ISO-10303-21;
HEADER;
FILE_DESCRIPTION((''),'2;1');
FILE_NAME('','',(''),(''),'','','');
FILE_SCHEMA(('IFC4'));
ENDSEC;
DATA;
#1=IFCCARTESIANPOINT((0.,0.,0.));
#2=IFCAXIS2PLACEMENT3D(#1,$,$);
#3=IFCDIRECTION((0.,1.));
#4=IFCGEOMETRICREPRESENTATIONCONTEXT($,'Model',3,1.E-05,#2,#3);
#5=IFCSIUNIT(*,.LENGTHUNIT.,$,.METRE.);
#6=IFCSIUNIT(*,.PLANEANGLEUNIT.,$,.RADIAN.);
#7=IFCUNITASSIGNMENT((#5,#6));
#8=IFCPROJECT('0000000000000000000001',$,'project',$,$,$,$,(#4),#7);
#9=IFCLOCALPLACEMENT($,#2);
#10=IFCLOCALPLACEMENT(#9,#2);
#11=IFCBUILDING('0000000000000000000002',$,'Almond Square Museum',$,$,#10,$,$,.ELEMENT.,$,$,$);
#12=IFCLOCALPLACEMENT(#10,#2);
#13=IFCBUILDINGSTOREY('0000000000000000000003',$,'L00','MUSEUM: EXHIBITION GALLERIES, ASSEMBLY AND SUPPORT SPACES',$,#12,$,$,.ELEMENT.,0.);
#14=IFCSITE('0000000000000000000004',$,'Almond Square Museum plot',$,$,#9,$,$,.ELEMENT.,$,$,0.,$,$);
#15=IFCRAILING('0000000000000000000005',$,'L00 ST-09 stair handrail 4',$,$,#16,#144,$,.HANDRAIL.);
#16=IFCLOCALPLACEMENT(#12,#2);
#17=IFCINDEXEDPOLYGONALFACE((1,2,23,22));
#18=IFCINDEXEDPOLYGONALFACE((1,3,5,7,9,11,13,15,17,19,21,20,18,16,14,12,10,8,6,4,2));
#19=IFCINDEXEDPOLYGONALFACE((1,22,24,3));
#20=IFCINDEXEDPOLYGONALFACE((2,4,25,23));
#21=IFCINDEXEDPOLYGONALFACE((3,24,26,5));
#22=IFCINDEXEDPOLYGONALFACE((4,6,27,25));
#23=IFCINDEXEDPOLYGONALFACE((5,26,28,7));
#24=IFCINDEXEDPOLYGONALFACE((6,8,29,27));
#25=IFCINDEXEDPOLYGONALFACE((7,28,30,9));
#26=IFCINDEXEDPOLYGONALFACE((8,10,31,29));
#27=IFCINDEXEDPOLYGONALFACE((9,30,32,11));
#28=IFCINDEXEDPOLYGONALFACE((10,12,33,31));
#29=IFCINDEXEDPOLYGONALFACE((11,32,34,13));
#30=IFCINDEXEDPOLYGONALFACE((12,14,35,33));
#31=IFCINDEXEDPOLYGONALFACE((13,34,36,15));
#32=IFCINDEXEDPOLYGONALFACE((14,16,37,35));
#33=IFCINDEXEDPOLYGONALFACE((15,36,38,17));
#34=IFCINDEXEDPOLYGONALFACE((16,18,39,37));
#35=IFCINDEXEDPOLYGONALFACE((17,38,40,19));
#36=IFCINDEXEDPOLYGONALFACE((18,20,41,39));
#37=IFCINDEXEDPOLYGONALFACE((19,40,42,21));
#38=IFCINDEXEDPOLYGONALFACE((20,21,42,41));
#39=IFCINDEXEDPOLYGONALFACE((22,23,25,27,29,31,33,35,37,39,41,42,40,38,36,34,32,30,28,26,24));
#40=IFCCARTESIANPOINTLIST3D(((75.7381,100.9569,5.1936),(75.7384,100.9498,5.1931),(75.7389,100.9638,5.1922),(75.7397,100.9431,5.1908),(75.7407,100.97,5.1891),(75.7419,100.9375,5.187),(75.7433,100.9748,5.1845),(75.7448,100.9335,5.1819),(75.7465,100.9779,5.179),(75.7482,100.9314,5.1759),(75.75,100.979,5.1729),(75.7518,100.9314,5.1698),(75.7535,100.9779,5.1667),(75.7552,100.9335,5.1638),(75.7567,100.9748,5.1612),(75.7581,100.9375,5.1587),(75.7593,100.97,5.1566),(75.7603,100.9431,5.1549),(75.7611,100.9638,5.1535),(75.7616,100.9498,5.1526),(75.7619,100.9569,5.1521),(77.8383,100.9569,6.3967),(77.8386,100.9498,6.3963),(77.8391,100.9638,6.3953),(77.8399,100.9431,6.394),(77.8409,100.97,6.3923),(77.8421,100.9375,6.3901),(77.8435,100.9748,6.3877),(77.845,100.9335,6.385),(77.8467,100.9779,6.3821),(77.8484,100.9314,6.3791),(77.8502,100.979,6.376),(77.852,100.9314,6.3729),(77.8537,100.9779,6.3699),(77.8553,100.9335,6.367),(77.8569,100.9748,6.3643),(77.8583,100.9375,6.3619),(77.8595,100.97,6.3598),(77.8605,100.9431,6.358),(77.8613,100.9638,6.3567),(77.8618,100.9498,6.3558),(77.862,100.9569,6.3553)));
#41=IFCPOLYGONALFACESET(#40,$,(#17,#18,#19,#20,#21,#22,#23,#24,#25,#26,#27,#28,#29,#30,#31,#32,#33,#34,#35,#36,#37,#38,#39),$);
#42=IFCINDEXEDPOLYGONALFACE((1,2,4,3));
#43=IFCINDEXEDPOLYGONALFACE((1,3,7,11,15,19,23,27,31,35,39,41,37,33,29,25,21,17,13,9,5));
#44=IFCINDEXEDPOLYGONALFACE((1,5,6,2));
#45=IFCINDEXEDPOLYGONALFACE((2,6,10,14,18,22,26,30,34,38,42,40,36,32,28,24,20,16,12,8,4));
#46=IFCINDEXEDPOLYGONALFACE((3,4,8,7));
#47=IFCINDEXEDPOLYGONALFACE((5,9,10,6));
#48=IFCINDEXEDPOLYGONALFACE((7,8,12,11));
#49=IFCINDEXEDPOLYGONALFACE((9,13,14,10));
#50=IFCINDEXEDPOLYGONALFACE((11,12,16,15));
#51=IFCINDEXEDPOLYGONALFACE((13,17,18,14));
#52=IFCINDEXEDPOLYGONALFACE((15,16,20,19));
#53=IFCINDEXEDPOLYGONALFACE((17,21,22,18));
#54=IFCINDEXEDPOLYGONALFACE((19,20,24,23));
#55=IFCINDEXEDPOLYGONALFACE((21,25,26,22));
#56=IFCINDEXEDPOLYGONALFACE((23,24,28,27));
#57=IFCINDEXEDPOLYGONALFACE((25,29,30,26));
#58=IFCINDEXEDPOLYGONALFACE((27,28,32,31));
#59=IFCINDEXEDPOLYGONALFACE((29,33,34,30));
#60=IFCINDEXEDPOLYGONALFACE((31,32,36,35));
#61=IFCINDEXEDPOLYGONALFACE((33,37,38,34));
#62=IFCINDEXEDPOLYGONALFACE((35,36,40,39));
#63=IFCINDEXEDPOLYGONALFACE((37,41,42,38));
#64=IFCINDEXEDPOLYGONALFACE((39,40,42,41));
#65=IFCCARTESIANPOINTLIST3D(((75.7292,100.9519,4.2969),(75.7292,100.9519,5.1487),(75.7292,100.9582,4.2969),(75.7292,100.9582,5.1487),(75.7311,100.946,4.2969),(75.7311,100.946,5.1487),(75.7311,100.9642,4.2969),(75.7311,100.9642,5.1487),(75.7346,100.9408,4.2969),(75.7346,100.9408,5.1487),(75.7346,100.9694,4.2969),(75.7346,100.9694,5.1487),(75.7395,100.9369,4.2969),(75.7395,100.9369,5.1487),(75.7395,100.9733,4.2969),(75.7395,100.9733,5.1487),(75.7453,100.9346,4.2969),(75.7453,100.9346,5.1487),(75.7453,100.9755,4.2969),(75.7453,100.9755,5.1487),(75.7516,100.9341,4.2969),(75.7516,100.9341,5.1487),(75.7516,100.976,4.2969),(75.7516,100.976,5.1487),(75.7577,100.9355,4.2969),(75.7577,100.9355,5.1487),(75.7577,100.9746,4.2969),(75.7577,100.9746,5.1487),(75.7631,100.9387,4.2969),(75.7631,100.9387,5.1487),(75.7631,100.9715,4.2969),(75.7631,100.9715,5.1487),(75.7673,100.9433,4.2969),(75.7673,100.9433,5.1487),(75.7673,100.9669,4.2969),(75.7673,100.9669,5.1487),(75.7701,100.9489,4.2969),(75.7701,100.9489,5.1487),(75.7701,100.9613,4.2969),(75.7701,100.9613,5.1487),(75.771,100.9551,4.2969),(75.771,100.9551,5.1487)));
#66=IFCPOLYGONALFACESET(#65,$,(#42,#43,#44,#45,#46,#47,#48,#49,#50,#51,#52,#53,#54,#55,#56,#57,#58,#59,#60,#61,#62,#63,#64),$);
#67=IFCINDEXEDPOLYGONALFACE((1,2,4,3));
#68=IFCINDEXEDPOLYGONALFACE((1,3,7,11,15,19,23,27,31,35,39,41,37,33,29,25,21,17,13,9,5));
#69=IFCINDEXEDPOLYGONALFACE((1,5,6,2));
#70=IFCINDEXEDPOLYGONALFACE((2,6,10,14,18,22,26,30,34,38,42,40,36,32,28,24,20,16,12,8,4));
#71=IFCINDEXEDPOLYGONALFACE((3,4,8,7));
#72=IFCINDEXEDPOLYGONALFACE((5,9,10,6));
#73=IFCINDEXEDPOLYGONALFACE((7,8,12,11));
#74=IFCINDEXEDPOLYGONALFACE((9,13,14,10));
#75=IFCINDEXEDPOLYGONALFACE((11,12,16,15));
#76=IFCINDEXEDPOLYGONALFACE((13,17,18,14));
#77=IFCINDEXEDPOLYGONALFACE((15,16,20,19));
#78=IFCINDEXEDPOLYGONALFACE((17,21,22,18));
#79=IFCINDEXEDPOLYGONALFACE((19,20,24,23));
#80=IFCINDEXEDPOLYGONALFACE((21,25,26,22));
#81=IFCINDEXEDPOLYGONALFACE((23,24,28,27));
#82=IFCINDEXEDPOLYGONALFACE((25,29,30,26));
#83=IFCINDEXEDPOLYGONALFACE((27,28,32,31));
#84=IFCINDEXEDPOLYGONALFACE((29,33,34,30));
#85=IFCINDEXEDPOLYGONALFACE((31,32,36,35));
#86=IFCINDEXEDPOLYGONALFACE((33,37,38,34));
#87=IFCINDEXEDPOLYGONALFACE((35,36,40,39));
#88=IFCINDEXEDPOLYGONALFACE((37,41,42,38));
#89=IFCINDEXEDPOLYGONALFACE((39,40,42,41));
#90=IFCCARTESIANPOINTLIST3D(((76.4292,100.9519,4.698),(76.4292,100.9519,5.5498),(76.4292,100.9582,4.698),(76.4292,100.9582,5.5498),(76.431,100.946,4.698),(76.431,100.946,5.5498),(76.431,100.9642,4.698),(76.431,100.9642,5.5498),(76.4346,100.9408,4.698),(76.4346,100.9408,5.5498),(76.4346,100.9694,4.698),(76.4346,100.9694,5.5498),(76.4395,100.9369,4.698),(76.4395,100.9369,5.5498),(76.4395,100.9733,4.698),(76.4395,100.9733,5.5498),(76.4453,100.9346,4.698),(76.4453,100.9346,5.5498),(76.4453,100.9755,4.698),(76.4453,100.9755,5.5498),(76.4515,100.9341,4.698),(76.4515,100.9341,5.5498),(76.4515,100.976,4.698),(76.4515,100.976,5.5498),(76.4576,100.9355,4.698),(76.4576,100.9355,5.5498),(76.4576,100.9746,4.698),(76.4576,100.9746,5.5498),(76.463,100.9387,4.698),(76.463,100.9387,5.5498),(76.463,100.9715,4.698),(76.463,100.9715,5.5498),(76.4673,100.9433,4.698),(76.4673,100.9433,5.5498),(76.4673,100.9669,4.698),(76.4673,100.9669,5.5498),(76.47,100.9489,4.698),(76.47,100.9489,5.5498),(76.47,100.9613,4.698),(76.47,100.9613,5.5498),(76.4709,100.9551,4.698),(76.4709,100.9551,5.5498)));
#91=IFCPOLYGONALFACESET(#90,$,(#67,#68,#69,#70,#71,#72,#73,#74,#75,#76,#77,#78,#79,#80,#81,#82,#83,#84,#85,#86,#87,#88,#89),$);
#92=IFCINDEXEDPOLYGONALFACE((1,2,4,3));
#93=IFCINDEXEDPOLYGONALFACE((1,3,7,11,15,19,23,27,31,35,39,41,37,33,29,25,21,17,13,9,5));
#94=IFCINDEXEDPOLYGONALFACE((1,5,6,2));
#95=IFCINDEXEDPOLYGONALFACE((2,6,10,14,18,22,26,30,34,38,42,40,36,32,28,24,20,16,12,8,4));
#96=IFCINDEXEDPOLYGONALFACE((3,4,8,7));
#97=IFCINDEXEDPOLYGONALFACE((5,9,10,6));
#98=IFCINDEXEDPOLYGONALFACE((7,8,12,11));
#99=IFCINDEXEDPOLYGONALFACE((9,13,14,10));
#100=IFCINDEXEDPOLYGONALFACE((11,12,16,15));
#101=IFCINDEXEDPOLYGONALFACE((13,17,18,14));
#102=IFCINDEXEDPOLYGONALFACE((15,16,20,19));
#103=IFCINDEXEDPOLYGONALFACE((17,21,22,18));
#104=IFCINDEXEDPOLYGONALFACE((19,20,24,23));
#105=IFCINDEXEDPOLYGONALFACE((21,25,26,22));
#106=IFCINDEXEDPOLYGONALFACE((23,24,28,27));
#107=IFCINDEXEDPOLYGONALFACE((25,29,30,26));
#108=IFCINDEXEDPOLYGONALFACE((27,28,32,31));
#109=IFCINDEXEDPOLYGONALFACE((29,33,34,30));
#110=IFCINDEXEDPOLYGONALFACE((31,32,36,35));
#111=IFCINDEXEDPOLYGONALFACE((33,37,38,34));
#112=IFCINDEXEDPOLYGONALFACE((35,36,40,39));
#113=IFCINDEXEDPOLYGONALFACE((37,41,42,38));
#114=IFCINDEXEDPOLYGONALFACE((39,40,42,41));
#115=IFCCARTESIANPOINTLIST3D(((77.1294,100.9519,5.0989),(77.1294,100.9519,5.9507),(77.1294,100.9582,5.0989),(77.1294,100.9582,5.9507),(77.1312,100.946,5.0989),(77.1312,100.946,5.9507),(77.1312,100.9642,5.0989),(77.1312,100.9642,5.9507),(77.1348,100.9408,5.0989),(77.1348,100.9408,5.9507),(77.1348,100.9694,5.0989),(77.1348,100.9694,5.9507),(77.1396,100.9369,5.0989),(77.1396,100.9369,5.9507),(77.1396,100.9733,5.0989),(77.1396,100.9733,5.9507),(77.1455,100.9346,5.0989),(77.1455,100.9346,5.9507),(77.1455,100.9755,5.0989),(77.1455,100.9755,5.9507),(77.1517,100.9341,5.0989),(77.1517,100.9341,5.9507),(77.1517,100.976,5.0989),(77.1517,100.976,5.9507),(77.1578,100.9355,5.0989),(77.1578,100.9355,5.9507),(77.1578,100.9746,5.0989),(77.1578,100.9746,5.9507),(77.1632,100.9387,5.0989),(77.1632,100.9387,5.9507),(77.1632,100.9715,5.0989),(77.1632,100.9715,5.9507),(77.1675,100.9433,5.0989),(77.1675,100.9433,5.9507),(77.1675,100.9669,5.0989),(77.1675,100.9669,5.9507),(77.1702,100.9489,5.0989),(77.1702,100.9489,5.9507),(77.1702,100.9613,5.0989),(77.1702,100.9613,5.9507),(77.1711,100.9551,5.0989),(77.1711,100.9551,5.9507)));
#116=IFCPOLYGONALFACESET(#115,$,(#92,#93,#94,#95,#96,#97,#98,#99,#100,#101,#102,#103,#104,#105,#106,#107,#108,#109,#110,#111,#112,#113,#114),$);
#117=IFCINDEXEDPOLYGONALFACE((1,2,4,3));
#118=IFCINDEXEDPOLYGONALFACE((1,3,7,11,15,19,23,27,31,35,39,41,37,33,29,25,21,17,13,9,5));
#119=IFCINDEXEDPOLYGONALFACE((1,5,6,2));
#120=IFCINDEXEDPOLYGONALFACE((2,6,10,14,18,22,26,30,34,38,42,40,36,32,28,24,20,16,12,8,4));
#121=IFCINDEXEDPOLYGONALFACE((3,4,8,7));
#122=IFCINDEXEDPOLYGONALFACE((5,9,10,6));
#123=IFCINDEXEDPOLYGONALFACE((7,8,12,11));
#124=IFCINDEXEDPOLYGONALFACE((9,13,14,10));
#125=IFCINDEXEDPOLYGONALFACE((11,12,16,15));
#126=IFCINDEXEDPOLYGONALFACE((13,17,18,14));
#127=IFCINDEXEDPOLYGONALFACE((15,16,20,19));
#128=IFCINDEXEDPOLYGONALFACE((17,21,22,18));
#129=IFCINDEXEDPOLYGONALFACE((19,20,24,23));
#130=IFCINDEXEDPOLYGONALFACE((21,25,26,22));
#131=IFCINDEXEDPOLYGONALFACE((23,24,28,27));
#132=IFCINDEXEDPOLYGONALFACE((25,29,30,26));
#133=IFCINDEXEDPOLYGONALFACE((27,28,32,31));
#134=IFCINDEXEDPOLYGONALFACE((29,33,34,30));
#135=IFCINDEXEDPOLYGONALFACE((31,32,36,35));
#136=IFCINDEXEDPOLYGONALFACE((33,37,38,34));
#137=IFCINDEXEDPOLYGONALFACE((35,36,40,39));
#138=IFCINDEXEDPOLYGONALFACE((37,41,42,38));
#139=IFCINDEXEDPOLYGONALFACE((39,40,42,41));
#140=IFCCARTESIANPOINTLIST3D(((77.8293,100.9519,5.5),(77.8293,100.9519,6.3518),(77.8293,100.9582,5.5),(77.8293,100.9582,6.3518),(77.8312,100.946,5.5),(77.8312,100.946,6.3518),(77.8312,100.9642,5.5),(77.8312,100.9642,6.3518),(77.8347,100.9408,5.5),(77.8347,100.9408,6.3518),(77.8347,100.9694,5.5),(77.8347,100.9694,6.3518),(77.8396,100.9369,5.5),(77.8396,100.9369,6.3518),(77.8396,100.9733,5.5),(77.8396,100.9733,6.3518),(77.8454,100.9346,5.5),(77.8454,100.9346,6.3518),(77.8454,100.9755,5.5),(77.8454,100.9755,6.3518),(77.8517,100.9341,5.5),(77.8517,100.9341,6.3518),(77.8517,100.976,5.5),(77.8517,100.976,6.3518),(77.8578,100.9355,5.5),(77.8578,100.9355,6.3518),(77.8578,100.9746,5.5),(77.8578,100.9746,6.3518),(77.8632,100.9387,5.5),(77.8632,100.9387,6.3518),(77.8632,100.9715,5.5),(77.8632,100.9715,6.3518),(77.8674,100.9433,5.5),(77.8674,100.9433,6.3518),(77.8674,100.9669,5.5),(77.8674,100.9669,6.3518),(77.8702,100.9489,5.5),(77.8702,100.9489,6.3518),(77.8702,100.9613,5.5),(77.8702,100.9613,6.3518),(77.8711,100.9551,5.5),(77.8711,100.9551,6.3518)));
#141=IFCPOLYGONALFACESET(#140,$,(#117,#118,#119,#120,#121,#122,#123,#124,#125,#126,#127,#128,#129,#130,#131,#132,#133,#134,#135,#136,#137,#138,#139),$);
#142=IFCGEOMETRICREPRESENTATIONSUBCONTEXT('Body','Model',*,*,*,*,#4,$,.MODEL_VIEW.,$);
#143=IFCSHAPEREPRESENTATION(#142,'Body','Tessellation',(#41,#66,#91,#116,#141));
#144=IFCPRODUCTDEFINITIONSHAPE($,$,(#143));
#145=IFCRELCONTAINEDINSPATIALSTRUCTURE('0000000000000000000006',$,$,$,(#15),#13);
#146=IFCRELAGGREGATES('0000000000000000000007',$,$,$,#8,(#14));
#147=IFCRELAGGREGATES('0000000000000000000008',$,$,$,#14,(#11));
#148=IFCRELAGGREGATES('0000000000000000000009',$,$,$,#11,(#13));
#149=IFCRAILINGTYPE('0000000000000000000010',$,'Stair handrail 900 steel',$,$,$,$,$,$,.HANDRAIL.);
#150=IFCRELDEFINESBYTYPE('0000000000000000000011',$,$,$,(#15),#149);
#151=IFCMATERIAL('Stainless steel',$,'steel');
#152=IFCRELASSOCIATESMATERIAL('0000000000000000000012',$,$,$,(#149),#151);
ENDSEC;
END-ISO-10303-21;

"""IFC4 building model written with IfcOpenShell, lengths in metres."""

from ifc_helpers import new_model, si_unit, direction, frame, origin, origin_2d, place, context, subcontext, project, spatial, circle, extrude, material, type_object, element, save


model = new_model("IFC4")

# Units and contexts
model_context = context("Model", 3, precision=1e-05, world=origin(), true_north=direction((0.0, 1.0)))
body_context = subcontext(model_context, "Body", "Model", "MODEL_VIEW")
ifc_project = project(units=[si_unit("LENGTHUNIT", "METRE"), si_unit("PLANEANGLEUNIT", "RADIAN")], contexts=[model_context])

# Site, building, storey
site_placement = place(None, origin())
site = spatial("IfcSite", under=ifc_project, at=site_placement, Name="Almond Square Museum plot", CompositionType="ELEMENT", RefElevation=0.0)
building_placement = place(site_placement, origin())
building = spatial("IfcBuilding", under=site, at=building_placement, Name="Almond Square Museum", CompositionType="ELEMENT")
storey_placement = place(building_placement, origin())
storey = spatial("IfcBuildingStorey", under=building, at=storey_placement, Name="L00", Description="MUSEUM: EXHIBITION GALLERIES, ASSEMBLY AND SUPPORT SPACES", CompositionType="ELEMENT", Elevation=0.0)

# Railing
ifc_material_1 = material(Name="Stainless steel", Category="steel")
railing_type_1 = type_object("IfcRailingType", Name="Stair handrail 900 steel", PredefinedType="HANDRAIL", material=ifc_material_1)
for number, where, name in (
    (1, (75.75, 100.9551, 4.2969), "L00 ST-09 stair handrail 4"),
):
    element("IfcRailing", number, at=place(storey_placement, frame(where)), inside=storey, type_object=railing_type_1, Name=name, PredefinedType="HANDRAIL", context=body_context, shape_type="SweptSolid", body=[
        extrude(circle(Radius=0.0239, at=origin_2d()), frame((0.0, 0.0, 0.876), z_axis=(0.867696, 0.0, 0.497095), x_axis=(0.0, 1.0, 0.0)), (0.0, 0.0, 1.0), 2.4204),
        extrude(circle(Radius=0.021, at=origin_2d()), origin(), (0.0, 0.0, 1.0), 0.8518),
        extrude(circle(Radius=0.021, at=origin_2d()), frame((0.7, 0.0, 0.4011)), (0.0, 0.0, 1.0), 0.8518),
        extrude(circle(Radius=0.021, at=origin_2d()), frame((1.4001, 0.0, 0.802)), (0.0, 0.0, 1.0), 0.8518),
        extrude(circle(Radius=0.021, at=origin_2d()), frame((2.1001, 0.0, 1.2031)), (0.0, 0.0, 1.0), 0.8518),
    ])

save(model, "model.ifc")
